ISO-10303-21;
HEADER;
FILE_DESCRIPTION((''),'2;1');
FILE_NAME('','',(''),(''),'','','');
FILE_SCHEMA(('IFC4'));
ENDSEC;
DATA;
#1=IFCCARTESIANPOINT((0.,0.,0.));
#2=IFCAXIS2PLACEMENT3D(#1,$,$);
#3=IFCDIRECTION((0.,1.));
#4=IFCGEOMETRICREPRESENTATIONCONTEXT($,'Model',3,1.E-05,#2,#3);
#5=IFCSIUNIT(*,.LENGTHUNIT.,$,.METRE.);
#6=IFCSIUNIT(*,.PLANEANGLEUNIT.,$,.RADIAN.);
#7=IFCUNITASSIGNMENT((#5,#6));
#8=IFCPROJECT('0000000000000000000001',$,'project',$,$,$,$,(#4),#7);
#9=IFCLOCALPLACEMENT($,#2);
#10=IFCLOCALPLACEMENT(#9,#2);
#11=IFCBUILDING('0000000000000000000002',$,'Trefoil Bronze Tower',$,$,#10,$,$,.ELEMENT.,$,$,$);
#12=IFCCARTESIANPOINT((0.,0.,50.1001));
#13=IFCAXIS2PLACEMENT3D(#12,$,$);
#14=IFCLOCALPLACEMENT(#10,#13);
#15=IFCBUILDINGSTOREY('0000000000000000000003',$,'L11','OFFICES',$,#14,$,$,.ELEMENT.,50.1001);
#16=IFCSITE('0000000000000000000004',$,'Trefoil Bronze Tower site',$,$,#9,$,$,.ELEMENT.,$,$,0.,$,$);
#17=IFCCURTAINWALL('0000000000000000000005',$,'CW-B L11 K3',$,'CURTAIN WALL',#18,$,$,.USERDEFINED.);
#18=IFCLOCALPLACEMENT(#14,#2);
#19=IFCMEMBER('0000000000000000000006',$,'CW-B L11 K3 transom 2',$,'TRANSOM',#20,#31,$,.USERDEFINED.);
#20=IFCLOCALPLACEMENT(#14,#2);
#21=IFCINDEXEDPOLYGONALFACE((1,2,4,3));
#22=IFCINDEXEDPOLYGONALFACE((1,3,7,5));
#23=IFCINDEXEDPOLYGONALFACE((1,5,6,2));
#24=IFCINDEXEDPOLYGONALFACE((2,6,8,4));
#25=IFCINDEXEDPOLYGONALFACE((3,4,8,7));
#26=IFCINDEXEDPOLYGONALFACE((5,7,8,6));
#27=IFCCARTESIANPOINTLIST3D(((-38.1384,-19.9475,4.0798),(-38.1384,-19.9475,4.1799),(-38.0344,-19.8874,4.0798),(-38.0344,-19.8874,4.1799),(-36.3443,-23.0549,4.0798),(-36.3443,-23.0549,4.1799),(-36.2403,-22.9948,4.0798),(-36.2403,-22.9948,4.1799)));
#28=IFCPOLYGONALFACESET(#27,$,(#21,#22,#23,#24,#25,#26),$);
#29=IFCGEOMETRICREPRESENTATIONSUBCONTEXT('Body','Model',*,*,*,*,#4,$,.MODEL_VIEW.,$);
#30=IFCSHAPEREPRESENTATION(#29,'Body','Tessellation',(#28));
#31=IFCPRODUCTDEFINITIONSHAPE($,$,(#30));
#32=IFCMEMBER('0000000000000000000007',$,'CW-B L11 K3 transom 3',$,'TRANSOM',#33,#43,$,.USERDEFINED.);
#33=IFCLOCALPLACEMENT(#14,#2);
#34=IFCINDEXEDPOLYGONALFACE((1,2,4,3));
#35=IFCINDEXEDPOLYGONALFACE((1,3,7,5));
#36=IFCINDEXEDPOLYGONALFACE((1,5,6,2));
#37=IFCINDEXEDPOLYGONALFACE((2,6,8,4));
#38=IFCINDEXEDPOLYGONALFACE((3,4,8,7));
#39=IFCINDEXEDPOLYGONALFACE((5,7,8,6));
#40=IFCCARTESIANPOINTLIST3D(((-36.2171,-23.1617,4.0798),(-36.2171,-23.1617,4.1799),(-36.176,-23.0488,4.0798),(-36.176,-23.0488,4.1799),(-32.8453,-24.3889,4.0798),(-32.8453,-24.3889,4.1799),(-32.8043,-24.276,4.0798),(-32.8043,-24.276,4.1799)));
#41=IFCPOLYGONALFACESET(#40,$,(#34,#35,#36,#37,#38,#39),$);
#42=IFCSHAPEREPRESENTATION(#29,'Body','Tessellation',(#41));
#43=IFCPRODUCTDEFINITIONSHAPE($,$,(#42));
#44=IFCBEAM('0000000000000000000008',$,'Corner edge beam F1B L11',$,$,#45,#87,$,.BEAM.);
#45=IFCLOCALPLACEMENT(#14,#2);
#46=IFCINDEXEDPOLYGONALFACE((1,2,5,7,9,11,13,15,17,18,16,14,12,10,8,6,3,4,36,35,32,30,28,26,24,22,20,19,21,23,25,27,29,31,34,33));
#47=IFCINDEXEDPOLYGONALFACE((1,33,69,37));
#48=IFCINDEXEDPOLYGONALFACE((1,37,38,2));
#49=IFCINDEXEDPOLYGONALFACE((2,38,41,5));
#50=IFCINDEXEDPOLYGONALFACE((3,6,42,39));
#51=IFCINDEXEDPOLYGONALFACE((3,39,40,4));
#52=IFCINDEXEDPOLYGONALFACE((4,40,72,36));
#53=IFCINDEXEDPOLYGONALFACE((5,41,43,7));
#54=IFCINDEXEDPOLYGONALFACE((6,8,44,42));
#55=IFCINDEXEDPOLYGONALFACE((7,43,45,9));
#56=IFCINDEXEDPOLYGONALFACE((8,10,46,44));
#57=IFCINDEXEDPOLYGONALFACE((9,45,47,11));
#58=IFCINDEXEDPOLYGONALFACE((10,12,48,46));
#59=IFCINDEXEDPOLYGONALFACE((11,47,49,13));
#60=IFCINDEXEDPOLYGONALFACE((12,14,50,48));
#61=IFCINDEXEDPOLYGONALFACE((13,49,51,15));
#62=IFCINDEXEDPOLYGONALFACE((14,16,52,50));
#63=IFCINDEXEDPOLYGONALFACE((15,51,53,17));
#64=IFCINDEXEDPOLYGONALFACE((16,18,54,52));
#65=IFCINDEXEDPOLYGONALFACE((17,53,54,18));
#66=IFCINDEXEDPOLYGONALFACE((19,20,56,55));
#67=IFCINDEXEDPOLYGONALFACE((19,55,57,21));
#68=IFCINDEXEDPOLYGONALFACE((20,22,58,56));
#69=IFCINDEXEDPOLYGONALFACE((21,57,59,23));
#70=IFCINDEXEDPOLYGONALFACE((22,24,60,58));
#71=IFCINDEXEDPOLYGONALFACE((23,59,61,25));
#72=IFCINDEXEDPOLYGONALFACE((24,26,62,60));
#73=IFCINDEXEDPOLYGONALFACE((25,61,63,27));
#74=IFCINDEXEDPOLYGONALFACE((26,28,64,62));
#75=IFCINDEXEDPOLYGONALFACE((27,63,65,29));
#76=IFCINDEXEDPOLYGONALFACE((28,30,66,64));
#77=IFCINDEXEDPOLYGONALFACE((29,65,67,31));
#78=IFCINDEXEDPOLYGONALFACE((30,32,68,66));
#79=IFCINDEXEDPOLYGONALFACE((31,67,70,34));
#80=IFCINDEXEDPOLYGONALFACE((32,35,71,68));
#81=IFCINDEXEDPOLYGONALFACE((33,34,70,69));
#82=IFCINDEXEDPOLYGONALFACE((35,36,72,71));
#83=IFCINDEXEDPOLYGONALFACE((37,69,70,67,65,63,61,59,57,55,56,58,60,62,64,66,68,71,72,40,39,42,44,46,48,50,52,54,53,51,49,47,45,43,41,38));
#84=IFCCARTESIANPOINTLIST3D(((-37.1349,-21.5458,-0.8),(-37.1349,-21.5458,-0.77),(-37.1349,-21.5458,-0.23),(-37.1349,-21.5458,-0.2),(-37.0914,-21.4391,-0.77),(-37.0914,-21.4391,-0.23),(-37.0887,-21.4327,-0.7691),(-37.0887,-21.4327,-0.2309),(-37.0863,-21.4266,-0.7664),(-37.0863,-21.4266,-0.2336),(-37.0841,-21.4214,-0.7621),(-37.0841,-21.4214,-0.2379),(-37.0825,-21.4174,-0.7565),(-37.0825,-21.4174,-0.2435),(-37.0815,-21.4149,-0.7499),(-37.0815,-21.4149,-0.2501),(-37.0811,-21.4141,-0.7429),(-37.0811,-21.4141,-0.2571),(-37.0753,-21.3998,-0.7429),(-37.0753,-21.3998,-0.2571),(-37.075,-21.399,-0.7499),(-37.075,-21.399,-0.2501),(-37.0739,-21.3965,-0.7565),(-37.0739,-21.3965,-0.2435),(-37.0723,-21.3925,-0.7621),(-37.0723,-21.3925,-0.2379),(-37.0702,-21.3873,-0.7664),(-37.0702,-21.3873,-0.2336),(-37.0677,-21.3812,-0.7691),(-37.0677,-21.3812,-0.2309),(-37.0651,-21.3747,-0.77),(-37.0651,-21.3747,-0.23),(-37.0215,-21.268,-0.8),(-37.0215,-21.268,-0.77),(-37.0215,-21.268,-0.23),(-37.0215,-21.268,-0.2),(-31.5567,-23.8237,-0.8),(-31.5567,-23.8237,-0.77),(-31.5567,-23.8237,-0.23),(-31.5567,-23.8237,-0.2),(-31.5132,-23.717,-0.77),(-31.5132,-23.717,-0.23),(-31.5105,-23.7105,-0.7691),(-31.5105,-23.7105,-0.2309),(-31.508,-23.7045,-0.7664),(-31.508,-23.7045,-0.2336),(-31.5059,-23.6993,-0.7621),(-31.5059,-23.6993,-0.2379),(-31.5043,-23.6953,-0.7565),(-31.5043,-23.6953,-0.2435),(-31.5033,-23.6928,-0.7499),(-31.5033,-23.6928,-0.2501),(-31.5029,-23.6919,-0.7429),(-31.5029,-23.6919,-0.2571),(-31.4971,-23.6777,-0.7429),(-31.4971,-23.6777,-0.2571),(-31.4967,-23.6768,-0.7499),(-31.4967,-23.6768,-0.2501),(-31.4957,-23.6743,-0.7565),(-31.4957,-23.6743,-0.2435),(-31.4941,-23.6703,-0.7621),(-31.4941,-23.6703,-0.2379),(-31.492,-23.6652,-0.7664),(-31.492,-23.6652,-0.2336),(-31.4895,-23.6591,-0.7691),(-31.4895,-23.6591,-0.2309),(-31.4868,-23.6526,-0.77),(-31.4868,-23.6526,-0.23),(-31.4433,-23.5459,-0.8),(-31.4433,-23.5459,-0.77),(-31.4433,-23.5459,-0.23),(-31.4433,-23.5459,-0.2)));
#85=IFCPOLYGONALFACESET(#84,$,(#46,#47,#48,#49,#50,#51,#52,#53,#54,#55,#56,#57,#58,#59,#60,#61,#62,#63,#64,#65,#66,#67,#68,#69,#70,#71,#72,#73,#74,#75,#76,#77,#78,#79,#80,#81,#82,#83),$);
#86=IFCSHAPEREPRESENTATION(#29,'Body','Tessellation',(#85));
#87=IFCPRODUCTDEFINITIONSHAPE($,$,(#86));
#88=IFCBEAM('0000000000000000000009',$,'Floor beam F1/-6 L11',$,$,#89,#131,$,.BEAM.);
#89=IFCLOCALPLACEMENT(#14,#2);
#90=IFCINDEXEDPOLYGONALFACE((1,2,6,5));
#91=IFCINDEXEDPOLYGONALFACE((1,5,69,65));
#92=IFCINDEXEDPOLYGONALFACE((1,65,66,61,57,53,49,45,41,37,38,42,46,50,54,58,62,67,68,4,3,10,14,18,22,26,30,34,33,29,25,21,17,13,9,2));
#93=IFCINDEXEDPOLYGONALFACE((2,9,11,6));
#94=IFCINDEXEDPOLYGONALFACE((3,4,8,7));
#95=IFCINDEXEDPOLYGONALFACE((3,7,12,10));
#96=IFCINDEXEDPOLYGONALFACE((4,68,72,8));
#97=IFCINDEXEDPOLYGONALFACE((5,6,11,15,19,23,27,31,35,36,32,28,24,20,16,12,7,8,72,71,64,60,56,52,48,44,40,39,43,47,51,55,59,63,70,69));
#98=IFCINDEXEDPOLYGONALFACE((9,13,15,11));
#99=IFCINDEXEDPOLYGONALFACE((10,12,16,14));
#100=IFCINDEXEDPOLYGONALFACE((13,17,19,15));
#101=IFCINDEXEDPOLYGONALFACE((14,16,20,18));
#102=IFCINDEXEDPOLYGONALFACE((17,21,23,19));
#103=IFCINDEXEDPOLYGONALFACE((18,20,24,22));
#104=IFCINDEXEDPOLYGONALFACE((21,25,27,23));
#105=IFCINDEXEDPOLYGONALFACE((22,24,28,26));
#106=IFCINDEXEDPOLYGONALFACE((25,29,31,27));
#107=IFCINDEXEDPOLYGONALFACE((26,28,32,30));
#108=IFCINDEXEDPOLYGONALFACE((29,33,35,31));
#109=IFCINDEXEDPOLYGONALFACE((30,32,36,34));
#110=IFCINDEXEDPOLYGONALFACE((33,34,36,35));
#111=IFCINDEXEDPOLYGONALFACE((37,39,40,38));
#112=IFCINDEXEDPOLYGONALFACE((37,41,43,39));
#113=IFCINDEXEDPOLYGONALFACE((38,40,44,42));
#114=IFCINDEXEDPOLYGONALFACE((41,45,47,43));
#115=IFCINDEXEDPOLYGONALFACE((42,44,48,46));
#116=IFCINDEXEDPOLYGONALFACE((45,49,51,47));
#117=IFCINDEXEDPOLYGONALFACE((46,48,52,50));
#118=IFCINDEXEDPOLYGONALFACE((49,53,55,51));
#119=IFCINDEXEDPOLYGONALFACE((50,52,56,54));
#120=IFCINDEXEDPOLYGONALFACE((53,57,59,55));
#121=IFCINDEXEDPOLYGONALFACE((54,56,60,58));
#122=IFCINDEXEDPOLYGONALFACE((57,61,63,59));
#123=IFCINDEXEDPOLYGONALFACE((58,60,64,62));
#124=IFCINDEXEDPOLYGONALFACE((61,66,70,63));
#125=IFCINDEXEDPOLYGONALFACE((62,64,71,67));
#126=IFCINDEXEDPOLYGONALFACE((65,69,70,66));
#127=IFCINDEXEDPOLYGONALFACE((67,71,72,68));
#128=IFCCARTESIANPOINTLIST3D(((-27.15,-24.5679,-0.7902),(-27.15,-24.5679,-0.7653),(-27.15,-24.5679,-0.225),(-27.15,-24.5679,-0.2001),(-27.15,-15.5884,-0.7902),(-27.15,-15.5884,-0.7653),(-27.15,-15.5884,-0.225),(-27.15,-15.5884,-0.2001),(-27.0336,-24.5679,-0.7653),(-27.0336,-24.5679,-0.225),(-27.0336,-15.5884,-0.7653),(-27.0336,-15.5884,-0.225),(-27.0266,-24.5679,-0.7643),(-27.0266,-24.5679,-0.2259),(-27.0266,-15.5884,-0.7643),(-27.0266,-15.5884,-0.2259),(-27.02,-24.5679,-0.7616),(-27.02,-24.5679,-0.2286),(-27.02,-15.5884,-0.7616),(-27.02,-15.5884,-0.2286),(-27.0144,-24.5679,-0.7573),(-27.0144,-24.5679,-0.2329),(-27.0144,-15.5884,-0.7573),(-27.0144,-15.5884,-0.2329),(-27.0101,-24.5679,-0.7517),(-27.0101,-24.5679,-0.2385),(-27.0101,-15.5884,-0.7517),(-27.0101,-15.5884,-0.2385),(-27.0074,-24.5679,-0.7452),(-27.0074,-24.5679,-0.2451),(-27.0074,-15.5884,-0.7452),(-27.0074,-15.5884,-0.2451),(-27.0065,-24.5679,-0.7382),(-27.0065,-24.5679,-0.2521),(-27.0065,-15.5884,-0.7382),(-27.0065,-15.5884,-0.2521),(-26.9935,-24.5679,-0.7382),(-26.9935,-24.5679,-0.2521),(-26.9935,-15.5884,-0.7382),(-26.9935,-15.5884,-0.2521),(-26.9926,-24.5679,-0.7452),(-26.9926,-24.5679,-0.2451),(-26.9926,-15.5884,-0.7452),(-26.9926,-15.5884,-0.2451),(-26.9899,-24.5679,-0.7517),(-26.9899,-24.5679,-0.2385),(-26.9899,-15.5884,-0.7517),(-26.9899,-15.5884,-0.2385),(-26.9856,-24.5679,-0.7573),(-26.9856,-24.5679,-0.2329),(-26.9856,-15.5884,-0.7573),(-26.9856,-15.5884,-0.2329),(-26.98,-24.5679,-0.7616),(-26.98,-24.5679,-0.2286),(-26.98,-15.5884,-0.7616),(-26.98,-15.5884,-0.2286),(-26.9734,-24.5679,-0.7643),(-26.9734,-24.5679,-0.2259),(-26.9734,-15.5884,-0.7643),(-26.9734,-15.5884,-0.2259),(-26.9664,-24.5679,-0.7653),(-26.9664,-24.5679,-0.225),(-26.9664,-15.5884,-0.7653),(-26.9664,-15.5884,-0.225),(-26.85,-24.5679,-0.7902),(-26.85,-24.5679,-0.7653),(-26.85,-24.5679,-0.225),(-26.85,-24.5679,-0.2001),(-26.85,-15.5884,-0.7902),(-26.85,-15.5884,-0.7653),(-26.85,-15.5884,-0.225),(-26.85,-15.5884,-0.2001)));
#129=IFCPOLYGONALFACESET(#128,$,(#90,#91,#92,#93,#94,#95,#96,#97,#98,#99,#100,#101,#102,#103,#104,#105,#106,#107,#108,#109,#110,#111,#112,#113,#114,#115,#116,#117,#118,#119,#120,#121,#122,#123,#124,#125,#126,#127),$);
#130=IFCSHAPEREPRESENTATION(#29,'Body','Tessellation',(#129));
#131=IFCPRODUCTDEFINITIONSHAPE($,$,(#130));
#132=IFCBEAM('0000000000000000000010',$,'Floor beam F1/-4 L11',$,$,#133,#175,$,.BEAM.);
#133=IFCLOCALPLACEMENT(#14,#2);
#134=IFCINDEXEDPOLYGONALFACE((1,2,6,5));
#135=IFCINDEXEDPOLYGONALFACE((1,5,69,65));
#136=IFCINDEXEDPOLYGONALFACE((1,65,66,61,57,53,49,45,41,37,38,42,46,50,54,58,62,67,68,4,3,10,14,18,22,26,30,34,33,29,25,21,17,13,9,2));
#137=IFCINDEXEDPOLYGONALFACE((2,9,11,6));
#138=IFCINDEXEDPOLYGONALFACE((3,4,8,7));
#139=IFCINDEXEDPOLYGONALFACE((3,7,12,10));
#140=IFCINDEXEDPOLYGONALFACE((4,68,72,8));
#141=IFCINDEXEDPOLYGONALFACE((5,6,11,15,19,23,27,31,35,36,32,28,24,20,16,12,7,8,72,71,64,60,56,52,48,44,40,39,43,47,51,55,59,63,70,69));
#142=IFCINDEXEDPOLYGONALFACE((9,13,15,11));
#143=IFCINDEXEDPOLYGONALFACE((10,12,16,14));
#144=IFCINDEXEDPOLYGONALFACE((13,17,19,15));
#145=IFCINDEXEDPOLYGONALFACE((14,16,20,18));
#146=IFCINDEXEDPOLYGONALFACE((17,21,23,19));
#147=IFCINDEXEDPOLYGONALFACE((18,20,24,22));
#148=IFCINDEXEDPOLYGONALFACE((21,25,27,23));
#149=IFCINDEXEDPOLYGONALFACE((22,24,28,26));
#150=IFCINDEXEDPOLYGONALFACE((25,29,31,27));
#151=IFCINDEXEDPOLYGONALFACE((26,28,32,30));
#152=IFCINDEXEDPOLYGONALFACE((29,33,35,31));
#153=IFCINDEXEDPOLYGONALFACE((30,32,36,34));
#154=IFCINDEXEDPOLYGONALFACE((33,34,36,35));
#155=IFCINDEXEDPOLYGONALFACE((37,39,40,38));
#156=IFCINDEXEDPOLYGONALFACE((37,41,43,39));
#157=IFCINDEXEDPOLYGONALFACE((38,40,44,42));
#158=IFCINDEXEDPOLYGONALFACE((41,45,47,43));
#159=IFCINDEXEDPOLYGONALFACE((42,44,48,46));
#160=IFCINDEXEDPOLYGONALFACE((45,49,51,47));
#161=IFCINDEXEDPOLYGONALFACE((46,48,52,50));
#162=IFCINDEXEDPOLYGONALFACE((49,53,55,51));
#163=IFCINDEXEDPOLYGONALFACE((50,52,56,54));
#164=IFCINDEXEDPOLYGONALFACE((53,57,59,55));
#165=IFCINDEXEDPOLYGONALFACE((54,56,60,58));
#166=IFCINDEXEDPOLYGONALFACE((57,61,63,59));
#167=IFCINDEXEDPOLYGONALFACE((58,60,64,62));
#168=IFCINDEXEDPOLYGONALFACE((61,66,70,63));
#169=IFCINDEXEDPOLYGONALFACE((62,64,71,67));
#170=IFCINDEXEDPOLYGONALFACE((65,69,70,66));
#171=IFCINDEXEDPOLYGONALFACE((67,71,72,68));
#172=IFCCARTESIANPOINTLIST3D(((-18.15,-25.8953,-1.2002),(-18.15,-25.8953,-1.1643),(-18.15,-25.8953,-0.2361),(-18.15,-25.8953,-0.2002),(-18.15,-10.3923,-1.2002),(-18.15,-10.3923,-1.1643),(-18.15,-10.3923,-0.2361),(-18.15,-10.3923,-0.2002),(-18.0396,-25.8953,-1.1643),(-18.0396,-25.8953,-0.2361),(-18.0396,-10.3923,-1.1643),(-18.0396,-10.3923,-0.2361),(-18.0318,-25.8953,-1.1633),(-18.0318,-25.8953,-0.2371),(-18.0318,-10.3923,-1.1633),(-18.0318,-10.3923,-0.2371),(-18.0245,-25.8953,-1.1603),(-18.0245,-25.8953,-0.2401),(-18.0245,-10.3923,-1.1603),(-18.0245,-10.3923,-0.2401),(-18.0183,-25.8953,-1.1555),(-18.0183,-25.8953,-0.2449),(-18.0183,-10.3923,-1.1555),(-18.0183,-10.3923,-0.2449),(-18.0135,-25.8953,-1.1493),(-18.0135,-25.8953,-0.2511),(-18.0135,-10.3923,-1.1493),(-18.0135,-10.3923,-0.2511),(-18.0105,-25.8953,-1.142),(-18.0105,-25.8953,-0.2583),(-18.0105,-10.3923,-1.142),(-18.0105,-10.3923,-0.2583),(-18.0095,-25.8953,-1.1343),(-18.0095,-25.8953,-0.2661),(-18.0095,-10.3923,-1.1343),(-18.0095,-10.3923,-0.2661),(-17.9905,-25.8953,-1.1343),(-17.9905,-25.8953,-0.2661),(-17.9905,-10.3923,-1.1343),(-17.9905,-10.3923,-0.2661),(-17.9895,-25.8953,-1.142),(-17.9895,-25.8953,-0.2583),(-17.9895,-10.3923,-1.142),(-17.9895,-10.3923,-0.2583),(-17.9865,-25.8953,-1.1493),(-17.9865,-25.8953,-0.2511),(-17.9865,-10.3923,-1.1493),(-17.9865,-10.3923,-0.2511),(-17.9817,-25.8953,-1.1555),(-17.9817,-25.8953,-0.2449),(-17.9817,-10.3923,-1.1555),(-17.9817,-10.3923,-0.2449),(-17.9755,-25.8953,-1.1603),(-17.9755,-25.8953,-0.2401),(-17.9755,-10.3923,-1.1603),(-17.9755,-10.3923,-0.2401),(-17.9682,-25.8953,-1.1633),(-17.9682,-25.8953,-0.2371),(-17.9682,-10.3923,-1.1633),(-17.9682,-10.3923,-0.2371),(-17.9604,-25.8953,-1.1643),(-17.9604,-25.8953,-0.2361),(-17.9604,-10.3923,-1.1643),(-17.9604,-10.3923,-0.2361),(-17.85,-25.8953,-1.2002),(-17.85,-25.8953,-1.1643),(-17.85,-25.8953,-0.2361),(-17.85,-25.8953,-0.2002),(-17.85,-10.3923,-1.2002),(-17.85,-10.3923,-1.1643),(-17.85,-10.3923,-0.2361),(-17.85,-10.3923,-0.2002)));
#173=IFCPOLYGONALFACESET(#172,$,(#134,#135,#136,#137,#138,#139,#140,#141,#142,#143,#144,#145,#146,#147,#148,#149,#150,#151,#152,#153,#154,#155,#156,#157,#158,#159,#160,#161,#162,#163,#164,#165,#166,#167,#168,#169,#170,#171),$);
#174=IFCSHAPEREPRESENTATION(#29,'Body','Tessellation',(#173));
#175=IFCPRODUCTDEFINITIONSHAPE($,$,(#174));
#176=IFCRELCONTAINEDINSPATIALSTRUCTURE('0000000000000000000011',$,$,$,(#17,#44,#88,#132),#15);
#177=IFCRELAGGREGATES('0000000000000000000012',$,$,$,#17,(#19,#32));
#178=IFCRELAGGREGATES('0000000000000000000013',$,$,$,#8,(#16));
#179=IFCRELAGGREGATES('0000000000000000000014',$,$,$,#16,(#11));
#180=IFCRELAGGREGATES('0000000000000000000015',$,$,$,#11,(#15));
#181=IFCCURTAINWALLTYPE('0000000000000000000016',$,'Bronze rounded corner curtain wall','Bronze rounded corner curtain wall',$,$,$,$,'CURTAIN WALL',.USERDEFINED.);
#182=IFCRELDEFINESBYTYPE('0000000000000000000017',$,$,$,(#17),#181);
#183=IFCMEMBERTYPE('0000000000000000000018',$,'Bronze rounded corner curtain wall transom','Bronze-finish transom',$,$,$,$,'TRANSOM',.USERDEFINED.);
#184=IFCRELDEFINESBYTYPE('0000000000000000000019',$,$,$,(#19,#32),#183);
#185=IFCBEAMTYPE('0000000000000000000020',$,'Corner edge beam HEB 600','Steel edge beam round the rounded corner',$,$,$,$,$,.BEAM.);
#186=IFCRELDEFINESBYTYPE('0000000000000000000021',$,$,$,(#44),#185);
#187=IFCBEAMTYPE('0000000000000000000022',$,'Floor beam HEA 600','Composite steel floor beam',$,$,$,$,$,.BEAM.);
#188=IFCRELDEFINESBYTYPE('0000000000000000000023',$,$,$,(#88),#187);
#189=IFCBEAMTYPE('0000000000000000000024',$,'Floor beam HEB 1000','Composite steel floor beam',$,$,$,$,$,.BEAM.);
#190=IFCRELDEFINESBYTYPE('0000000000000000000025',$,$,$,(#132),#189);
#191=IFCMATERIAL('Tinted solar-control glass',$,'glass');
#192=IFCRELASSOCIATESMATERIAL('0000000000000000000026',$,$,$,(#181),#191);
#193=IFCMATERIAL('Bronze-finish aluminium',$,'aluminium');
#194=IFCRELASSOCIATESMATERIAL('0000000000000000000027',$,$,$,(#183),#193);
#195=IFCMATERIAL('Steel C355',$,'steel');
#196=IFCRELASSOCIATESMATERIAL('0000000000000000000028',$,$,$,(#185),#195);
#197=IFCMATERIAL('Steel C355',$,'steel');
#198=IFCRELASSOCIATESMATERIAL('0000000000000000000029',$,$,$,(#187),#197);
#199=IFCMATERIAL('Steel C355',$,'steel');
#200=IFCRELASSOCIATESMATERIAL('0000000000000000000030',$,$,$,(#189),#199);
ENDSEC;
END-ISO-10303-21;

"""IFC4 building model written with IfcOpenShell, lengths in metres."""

from ifc_helpers import new_model, si_unit, direction, frame, origin, origin_2d, place, context, subcontext, project, spatial, rectangle, i_section, extrude, material, material_profile, profile_set, type_object, element, aggregate, save


model = new_model("IFC4")

# Units and contexts
model_context = context("Model", 3, precision=1e-05, world=origin(), true_north=direction((0.0, 1.0)))
body_context = subcontext(model_context, "Body", "Model", "MODEL_VIEW")
ifc_project = project(units=[si_unit("LENGTHUNIT", "METRE"), si_unit("PLANEANGLEUNIT", "RADIAN")], contexts=[model_context])

# Site, building, storey
site_placement = place(None, origin())
site = spatial("IfcSite", under=ifc_project, at=site_placement, Name="Trefoil Bronze Tower site", CompositionType="ELEMENT", RefElevation=0.0)
building_placement = place(site_placement, origin())
building = spatial("IfcBuilding", under=site, at=building_placement, Name="Trefoil Bronze Tower", CompositionType="ELEMENT")
storey_placement = place(building_placement, frame((0.0, 0.0, 50.1001)))
storey = spatial("IfcBuildingStorey", under=building, at=storey_placement, Name="L11", Description="OFFICES", CompositionType="ELEMENT", Elevation=50.1001)

# Curtain wall, members
ifc_material_1 = material(Name="Tinted solar-control glass", Category="glass")
curtain_wall_type_1 = type_object("IfcCurtainWallType", Name="Bronze rounded corner curtain wall", Description="Bronze rounded corner curtain wall", ElementType="CURTAIN WALL", PredefinedType="USERDEFINED", material=ifc_material_1)
curtain_wall_1_placement = place(storey_placement, origin())
curtain_wall_1 = element("IfcCurtainWall", 1, at=curtain_wall_1_placement, inside=storey, type_object=curtain_wall_type_1, Name="CW-B L11 K3", ObjectType="CURTAIN WALL", PredefinedType="USERDEFINED")
ifc_material_2 = material(Name="Bronze-finish aluminium", Category="aluminium")
ifc_material_profile_1 = material_profile(ifc_material_2, rectangle(XDim=0.1201, YDim=0.1001, at=origin_2d()), Name="CW-B transom")
ifc_profile_set_1 = profile_set([ifc_material_profile_1], Name="Bronze-finish aluminium")
member_type_1 = type_object("IfcMemberType", Name="Bronze rounded corner curtain wall transom", Description="Bronze-finish transom", ElementType="TRANSOM", PredefinedType="USERDEFINED", material=ifc_profile_set_1)
member_1_placement = place(storey_placement, frame((-38.0864, -19.9175, 4.1299), z_axis=(0.500025, -0.866011, 0.0), x_axis=(0.866011, 0.500025, 0.0)))
member_1 = element("IfcMember", 2, at=member_1_placement, type_object=member_type_1, Name="CW-B L11 K3 transom 2", ObjectType="TRANSOM", PredefinedType="USERDEFINED", context=body_context, shape_type="SweptSolid", body=[
    extrude(rectangle(XDim=0.1201, YDim=0.1001, at=origin_2d()), origin(), (0.0, 0.0, 1.0), 3.5881),
])
member_2_placement = place(storey_placement, frame((-36.1965, -23.1052, 4.1299), z_axis=(0.939688, -0.342033, 0.0), x_axis=(0.342033, 0.939688, 0.0)))
member_2 = element("IfcMember", 3, at=member_2_placement, type_object=member_type_1, Name="CW-B L11 K3 transom 3", ObjectType="TRANSOM", PredefinedType="USERDEFINED", context=body_context, shape_type="SweptSolid", body=[
    extrude(rectangle(XDim=0.1201, YDim=0.1001, at=origin_2d()), origin(), (0.0, 0.0, 1.0), 3.5881),
])

# Beams
ifc_material_3 = material(Name="Steel C355", Category="steel")
ifc_material_profile_2 = material_profile(ifc_material_3, i_section(OverallWidth=0.3, OverallDepth=0.6001, WebThickness=0.0154, FlangeThickness=0.03, FilletRadius=0.0271, at=origin_2d()), Name="HEB 600")
ifc_profile_set_2 = profile_set([ifc_material_profile_2], Name="Steel C355")
beam_type_1 = type_object("IfcBeamType", Name="Corner edge beam HEB 600", Description="Steel edge beam round the rounded corner", PredefinedType="BEAM", material=ifc_profile_set_2)
beam_1_placement = place(storey_placement, frame((-31.5, -23.6848, -0.5), z_axis=(-0.925787, 0.378046, 0.0), x_axis=(-0.378046, -0.925787, 0.0)))
element("IfcBeam", 4, at=beam_1_placement, inside=storey, type_object=beam_type_1, Name="Corner edge beam F1B L11", PredefinedType="BEAM", context=body_context, shape_type="SweptSolid", body=[
    extrude(i_section(OverallWidth=0.3, OverallDepth=0.6001, WebThickness=0.0154, FlangeThickness=0.03, FilletRadius=0.0271, at=origin_2d()), origin(), (0.0, 0.0, 1.0), 6.0254),
])
ifc_material_4 = material(Name="Steel C355", Category="steel")
ifc_material_profile_3 = material_profile(ifc_material_4, i_section(OverallWidth=0.3, OverallDepth=0.5901, WebThickness=0.0129, FlangeThickness=0.0249, FilletRadius=0.0271, at=origin_2d()), Name="HEA 600")
ifc_profile_set_3 = profile_set([ifc_material_profile_3], Name="Steel C355")
beam_type_2 = type_object("IfcBeamType", Name="Floor beam HEA 600", Description="Composite steel floor beam", PredefinedType="BEAM", material=ifc_profile_set_3)
beam_2_placement = place(storey_placement, frame((-27.0, -24.5679, -0.4951), z_axis=(0.0, 1.0, 0.0), x_axis=(-1.0, 0.0, 0.0)))
element("IfcBeam", 5, at=beam_2_placement, inside=storey, type_object=beam_type_2, Name="Floor beam F1/-6 L11", PredefinedType="BEAM", context=body_context, shape_type="SweptSolid", body=[
    extrude(i_section(OverallWidth=0.3, OverallDepth=0.5901, WebThickness=0.0129, FlangeThickness=0.0249, FilletRadius=0.0271, at=origin_2d()), origin(), (0.0, 0.0, 1.0), 8.9795),
])
ifc_material_5 = material(Name="Steel C355", Category="steel")
ifc_material_profile_4 = material_profile(ifc_material_5, i_section(OverallWidth=0.3, OverallDepth=1.0, WebThickness=0.019, FlangeThickness=0.0359, FilletRadius=0.03, at=origin_2d()), Name="HEB 1000")
ifc_profile_set_4 = profile_set([ifc_material_profile_4], Name="Steel C355")
beam_type_3 = type_object("IfcBeamType", Name="Floor beam HEB 1000", Description="Composite steel floor beam", PredefinedType="BEAM", material=ifc_profile_set_4)
beam_3_placement = place(storey_placement, frame((-18.0, -25.8953, -0.7002), z_axis=(0.0, 1.0, 0.0), x_axis=(-1.0, 0.0, 0.0)))
element("IfcBeam", 6, at=beam_3_placement, inside=storey, type_object=beam_type_3, Name="Floor beam F1/-4 L11", PredefinedType="BEAM", context=body_context, shape_type="SweptSolid", body=[
    extrude(i_section(OverallWidth=0.3, OverallDepth=1.0, WebThickness=0.019, FlangeThickness=0.0359, FilletRadius=0.03, at=origin_2d()), origin(), (0.0, 0.0, 1.0), 15.5029),
])

aggregate(curtain_wall_1, [member_1, member_2])

save(model, "model.ifc")
